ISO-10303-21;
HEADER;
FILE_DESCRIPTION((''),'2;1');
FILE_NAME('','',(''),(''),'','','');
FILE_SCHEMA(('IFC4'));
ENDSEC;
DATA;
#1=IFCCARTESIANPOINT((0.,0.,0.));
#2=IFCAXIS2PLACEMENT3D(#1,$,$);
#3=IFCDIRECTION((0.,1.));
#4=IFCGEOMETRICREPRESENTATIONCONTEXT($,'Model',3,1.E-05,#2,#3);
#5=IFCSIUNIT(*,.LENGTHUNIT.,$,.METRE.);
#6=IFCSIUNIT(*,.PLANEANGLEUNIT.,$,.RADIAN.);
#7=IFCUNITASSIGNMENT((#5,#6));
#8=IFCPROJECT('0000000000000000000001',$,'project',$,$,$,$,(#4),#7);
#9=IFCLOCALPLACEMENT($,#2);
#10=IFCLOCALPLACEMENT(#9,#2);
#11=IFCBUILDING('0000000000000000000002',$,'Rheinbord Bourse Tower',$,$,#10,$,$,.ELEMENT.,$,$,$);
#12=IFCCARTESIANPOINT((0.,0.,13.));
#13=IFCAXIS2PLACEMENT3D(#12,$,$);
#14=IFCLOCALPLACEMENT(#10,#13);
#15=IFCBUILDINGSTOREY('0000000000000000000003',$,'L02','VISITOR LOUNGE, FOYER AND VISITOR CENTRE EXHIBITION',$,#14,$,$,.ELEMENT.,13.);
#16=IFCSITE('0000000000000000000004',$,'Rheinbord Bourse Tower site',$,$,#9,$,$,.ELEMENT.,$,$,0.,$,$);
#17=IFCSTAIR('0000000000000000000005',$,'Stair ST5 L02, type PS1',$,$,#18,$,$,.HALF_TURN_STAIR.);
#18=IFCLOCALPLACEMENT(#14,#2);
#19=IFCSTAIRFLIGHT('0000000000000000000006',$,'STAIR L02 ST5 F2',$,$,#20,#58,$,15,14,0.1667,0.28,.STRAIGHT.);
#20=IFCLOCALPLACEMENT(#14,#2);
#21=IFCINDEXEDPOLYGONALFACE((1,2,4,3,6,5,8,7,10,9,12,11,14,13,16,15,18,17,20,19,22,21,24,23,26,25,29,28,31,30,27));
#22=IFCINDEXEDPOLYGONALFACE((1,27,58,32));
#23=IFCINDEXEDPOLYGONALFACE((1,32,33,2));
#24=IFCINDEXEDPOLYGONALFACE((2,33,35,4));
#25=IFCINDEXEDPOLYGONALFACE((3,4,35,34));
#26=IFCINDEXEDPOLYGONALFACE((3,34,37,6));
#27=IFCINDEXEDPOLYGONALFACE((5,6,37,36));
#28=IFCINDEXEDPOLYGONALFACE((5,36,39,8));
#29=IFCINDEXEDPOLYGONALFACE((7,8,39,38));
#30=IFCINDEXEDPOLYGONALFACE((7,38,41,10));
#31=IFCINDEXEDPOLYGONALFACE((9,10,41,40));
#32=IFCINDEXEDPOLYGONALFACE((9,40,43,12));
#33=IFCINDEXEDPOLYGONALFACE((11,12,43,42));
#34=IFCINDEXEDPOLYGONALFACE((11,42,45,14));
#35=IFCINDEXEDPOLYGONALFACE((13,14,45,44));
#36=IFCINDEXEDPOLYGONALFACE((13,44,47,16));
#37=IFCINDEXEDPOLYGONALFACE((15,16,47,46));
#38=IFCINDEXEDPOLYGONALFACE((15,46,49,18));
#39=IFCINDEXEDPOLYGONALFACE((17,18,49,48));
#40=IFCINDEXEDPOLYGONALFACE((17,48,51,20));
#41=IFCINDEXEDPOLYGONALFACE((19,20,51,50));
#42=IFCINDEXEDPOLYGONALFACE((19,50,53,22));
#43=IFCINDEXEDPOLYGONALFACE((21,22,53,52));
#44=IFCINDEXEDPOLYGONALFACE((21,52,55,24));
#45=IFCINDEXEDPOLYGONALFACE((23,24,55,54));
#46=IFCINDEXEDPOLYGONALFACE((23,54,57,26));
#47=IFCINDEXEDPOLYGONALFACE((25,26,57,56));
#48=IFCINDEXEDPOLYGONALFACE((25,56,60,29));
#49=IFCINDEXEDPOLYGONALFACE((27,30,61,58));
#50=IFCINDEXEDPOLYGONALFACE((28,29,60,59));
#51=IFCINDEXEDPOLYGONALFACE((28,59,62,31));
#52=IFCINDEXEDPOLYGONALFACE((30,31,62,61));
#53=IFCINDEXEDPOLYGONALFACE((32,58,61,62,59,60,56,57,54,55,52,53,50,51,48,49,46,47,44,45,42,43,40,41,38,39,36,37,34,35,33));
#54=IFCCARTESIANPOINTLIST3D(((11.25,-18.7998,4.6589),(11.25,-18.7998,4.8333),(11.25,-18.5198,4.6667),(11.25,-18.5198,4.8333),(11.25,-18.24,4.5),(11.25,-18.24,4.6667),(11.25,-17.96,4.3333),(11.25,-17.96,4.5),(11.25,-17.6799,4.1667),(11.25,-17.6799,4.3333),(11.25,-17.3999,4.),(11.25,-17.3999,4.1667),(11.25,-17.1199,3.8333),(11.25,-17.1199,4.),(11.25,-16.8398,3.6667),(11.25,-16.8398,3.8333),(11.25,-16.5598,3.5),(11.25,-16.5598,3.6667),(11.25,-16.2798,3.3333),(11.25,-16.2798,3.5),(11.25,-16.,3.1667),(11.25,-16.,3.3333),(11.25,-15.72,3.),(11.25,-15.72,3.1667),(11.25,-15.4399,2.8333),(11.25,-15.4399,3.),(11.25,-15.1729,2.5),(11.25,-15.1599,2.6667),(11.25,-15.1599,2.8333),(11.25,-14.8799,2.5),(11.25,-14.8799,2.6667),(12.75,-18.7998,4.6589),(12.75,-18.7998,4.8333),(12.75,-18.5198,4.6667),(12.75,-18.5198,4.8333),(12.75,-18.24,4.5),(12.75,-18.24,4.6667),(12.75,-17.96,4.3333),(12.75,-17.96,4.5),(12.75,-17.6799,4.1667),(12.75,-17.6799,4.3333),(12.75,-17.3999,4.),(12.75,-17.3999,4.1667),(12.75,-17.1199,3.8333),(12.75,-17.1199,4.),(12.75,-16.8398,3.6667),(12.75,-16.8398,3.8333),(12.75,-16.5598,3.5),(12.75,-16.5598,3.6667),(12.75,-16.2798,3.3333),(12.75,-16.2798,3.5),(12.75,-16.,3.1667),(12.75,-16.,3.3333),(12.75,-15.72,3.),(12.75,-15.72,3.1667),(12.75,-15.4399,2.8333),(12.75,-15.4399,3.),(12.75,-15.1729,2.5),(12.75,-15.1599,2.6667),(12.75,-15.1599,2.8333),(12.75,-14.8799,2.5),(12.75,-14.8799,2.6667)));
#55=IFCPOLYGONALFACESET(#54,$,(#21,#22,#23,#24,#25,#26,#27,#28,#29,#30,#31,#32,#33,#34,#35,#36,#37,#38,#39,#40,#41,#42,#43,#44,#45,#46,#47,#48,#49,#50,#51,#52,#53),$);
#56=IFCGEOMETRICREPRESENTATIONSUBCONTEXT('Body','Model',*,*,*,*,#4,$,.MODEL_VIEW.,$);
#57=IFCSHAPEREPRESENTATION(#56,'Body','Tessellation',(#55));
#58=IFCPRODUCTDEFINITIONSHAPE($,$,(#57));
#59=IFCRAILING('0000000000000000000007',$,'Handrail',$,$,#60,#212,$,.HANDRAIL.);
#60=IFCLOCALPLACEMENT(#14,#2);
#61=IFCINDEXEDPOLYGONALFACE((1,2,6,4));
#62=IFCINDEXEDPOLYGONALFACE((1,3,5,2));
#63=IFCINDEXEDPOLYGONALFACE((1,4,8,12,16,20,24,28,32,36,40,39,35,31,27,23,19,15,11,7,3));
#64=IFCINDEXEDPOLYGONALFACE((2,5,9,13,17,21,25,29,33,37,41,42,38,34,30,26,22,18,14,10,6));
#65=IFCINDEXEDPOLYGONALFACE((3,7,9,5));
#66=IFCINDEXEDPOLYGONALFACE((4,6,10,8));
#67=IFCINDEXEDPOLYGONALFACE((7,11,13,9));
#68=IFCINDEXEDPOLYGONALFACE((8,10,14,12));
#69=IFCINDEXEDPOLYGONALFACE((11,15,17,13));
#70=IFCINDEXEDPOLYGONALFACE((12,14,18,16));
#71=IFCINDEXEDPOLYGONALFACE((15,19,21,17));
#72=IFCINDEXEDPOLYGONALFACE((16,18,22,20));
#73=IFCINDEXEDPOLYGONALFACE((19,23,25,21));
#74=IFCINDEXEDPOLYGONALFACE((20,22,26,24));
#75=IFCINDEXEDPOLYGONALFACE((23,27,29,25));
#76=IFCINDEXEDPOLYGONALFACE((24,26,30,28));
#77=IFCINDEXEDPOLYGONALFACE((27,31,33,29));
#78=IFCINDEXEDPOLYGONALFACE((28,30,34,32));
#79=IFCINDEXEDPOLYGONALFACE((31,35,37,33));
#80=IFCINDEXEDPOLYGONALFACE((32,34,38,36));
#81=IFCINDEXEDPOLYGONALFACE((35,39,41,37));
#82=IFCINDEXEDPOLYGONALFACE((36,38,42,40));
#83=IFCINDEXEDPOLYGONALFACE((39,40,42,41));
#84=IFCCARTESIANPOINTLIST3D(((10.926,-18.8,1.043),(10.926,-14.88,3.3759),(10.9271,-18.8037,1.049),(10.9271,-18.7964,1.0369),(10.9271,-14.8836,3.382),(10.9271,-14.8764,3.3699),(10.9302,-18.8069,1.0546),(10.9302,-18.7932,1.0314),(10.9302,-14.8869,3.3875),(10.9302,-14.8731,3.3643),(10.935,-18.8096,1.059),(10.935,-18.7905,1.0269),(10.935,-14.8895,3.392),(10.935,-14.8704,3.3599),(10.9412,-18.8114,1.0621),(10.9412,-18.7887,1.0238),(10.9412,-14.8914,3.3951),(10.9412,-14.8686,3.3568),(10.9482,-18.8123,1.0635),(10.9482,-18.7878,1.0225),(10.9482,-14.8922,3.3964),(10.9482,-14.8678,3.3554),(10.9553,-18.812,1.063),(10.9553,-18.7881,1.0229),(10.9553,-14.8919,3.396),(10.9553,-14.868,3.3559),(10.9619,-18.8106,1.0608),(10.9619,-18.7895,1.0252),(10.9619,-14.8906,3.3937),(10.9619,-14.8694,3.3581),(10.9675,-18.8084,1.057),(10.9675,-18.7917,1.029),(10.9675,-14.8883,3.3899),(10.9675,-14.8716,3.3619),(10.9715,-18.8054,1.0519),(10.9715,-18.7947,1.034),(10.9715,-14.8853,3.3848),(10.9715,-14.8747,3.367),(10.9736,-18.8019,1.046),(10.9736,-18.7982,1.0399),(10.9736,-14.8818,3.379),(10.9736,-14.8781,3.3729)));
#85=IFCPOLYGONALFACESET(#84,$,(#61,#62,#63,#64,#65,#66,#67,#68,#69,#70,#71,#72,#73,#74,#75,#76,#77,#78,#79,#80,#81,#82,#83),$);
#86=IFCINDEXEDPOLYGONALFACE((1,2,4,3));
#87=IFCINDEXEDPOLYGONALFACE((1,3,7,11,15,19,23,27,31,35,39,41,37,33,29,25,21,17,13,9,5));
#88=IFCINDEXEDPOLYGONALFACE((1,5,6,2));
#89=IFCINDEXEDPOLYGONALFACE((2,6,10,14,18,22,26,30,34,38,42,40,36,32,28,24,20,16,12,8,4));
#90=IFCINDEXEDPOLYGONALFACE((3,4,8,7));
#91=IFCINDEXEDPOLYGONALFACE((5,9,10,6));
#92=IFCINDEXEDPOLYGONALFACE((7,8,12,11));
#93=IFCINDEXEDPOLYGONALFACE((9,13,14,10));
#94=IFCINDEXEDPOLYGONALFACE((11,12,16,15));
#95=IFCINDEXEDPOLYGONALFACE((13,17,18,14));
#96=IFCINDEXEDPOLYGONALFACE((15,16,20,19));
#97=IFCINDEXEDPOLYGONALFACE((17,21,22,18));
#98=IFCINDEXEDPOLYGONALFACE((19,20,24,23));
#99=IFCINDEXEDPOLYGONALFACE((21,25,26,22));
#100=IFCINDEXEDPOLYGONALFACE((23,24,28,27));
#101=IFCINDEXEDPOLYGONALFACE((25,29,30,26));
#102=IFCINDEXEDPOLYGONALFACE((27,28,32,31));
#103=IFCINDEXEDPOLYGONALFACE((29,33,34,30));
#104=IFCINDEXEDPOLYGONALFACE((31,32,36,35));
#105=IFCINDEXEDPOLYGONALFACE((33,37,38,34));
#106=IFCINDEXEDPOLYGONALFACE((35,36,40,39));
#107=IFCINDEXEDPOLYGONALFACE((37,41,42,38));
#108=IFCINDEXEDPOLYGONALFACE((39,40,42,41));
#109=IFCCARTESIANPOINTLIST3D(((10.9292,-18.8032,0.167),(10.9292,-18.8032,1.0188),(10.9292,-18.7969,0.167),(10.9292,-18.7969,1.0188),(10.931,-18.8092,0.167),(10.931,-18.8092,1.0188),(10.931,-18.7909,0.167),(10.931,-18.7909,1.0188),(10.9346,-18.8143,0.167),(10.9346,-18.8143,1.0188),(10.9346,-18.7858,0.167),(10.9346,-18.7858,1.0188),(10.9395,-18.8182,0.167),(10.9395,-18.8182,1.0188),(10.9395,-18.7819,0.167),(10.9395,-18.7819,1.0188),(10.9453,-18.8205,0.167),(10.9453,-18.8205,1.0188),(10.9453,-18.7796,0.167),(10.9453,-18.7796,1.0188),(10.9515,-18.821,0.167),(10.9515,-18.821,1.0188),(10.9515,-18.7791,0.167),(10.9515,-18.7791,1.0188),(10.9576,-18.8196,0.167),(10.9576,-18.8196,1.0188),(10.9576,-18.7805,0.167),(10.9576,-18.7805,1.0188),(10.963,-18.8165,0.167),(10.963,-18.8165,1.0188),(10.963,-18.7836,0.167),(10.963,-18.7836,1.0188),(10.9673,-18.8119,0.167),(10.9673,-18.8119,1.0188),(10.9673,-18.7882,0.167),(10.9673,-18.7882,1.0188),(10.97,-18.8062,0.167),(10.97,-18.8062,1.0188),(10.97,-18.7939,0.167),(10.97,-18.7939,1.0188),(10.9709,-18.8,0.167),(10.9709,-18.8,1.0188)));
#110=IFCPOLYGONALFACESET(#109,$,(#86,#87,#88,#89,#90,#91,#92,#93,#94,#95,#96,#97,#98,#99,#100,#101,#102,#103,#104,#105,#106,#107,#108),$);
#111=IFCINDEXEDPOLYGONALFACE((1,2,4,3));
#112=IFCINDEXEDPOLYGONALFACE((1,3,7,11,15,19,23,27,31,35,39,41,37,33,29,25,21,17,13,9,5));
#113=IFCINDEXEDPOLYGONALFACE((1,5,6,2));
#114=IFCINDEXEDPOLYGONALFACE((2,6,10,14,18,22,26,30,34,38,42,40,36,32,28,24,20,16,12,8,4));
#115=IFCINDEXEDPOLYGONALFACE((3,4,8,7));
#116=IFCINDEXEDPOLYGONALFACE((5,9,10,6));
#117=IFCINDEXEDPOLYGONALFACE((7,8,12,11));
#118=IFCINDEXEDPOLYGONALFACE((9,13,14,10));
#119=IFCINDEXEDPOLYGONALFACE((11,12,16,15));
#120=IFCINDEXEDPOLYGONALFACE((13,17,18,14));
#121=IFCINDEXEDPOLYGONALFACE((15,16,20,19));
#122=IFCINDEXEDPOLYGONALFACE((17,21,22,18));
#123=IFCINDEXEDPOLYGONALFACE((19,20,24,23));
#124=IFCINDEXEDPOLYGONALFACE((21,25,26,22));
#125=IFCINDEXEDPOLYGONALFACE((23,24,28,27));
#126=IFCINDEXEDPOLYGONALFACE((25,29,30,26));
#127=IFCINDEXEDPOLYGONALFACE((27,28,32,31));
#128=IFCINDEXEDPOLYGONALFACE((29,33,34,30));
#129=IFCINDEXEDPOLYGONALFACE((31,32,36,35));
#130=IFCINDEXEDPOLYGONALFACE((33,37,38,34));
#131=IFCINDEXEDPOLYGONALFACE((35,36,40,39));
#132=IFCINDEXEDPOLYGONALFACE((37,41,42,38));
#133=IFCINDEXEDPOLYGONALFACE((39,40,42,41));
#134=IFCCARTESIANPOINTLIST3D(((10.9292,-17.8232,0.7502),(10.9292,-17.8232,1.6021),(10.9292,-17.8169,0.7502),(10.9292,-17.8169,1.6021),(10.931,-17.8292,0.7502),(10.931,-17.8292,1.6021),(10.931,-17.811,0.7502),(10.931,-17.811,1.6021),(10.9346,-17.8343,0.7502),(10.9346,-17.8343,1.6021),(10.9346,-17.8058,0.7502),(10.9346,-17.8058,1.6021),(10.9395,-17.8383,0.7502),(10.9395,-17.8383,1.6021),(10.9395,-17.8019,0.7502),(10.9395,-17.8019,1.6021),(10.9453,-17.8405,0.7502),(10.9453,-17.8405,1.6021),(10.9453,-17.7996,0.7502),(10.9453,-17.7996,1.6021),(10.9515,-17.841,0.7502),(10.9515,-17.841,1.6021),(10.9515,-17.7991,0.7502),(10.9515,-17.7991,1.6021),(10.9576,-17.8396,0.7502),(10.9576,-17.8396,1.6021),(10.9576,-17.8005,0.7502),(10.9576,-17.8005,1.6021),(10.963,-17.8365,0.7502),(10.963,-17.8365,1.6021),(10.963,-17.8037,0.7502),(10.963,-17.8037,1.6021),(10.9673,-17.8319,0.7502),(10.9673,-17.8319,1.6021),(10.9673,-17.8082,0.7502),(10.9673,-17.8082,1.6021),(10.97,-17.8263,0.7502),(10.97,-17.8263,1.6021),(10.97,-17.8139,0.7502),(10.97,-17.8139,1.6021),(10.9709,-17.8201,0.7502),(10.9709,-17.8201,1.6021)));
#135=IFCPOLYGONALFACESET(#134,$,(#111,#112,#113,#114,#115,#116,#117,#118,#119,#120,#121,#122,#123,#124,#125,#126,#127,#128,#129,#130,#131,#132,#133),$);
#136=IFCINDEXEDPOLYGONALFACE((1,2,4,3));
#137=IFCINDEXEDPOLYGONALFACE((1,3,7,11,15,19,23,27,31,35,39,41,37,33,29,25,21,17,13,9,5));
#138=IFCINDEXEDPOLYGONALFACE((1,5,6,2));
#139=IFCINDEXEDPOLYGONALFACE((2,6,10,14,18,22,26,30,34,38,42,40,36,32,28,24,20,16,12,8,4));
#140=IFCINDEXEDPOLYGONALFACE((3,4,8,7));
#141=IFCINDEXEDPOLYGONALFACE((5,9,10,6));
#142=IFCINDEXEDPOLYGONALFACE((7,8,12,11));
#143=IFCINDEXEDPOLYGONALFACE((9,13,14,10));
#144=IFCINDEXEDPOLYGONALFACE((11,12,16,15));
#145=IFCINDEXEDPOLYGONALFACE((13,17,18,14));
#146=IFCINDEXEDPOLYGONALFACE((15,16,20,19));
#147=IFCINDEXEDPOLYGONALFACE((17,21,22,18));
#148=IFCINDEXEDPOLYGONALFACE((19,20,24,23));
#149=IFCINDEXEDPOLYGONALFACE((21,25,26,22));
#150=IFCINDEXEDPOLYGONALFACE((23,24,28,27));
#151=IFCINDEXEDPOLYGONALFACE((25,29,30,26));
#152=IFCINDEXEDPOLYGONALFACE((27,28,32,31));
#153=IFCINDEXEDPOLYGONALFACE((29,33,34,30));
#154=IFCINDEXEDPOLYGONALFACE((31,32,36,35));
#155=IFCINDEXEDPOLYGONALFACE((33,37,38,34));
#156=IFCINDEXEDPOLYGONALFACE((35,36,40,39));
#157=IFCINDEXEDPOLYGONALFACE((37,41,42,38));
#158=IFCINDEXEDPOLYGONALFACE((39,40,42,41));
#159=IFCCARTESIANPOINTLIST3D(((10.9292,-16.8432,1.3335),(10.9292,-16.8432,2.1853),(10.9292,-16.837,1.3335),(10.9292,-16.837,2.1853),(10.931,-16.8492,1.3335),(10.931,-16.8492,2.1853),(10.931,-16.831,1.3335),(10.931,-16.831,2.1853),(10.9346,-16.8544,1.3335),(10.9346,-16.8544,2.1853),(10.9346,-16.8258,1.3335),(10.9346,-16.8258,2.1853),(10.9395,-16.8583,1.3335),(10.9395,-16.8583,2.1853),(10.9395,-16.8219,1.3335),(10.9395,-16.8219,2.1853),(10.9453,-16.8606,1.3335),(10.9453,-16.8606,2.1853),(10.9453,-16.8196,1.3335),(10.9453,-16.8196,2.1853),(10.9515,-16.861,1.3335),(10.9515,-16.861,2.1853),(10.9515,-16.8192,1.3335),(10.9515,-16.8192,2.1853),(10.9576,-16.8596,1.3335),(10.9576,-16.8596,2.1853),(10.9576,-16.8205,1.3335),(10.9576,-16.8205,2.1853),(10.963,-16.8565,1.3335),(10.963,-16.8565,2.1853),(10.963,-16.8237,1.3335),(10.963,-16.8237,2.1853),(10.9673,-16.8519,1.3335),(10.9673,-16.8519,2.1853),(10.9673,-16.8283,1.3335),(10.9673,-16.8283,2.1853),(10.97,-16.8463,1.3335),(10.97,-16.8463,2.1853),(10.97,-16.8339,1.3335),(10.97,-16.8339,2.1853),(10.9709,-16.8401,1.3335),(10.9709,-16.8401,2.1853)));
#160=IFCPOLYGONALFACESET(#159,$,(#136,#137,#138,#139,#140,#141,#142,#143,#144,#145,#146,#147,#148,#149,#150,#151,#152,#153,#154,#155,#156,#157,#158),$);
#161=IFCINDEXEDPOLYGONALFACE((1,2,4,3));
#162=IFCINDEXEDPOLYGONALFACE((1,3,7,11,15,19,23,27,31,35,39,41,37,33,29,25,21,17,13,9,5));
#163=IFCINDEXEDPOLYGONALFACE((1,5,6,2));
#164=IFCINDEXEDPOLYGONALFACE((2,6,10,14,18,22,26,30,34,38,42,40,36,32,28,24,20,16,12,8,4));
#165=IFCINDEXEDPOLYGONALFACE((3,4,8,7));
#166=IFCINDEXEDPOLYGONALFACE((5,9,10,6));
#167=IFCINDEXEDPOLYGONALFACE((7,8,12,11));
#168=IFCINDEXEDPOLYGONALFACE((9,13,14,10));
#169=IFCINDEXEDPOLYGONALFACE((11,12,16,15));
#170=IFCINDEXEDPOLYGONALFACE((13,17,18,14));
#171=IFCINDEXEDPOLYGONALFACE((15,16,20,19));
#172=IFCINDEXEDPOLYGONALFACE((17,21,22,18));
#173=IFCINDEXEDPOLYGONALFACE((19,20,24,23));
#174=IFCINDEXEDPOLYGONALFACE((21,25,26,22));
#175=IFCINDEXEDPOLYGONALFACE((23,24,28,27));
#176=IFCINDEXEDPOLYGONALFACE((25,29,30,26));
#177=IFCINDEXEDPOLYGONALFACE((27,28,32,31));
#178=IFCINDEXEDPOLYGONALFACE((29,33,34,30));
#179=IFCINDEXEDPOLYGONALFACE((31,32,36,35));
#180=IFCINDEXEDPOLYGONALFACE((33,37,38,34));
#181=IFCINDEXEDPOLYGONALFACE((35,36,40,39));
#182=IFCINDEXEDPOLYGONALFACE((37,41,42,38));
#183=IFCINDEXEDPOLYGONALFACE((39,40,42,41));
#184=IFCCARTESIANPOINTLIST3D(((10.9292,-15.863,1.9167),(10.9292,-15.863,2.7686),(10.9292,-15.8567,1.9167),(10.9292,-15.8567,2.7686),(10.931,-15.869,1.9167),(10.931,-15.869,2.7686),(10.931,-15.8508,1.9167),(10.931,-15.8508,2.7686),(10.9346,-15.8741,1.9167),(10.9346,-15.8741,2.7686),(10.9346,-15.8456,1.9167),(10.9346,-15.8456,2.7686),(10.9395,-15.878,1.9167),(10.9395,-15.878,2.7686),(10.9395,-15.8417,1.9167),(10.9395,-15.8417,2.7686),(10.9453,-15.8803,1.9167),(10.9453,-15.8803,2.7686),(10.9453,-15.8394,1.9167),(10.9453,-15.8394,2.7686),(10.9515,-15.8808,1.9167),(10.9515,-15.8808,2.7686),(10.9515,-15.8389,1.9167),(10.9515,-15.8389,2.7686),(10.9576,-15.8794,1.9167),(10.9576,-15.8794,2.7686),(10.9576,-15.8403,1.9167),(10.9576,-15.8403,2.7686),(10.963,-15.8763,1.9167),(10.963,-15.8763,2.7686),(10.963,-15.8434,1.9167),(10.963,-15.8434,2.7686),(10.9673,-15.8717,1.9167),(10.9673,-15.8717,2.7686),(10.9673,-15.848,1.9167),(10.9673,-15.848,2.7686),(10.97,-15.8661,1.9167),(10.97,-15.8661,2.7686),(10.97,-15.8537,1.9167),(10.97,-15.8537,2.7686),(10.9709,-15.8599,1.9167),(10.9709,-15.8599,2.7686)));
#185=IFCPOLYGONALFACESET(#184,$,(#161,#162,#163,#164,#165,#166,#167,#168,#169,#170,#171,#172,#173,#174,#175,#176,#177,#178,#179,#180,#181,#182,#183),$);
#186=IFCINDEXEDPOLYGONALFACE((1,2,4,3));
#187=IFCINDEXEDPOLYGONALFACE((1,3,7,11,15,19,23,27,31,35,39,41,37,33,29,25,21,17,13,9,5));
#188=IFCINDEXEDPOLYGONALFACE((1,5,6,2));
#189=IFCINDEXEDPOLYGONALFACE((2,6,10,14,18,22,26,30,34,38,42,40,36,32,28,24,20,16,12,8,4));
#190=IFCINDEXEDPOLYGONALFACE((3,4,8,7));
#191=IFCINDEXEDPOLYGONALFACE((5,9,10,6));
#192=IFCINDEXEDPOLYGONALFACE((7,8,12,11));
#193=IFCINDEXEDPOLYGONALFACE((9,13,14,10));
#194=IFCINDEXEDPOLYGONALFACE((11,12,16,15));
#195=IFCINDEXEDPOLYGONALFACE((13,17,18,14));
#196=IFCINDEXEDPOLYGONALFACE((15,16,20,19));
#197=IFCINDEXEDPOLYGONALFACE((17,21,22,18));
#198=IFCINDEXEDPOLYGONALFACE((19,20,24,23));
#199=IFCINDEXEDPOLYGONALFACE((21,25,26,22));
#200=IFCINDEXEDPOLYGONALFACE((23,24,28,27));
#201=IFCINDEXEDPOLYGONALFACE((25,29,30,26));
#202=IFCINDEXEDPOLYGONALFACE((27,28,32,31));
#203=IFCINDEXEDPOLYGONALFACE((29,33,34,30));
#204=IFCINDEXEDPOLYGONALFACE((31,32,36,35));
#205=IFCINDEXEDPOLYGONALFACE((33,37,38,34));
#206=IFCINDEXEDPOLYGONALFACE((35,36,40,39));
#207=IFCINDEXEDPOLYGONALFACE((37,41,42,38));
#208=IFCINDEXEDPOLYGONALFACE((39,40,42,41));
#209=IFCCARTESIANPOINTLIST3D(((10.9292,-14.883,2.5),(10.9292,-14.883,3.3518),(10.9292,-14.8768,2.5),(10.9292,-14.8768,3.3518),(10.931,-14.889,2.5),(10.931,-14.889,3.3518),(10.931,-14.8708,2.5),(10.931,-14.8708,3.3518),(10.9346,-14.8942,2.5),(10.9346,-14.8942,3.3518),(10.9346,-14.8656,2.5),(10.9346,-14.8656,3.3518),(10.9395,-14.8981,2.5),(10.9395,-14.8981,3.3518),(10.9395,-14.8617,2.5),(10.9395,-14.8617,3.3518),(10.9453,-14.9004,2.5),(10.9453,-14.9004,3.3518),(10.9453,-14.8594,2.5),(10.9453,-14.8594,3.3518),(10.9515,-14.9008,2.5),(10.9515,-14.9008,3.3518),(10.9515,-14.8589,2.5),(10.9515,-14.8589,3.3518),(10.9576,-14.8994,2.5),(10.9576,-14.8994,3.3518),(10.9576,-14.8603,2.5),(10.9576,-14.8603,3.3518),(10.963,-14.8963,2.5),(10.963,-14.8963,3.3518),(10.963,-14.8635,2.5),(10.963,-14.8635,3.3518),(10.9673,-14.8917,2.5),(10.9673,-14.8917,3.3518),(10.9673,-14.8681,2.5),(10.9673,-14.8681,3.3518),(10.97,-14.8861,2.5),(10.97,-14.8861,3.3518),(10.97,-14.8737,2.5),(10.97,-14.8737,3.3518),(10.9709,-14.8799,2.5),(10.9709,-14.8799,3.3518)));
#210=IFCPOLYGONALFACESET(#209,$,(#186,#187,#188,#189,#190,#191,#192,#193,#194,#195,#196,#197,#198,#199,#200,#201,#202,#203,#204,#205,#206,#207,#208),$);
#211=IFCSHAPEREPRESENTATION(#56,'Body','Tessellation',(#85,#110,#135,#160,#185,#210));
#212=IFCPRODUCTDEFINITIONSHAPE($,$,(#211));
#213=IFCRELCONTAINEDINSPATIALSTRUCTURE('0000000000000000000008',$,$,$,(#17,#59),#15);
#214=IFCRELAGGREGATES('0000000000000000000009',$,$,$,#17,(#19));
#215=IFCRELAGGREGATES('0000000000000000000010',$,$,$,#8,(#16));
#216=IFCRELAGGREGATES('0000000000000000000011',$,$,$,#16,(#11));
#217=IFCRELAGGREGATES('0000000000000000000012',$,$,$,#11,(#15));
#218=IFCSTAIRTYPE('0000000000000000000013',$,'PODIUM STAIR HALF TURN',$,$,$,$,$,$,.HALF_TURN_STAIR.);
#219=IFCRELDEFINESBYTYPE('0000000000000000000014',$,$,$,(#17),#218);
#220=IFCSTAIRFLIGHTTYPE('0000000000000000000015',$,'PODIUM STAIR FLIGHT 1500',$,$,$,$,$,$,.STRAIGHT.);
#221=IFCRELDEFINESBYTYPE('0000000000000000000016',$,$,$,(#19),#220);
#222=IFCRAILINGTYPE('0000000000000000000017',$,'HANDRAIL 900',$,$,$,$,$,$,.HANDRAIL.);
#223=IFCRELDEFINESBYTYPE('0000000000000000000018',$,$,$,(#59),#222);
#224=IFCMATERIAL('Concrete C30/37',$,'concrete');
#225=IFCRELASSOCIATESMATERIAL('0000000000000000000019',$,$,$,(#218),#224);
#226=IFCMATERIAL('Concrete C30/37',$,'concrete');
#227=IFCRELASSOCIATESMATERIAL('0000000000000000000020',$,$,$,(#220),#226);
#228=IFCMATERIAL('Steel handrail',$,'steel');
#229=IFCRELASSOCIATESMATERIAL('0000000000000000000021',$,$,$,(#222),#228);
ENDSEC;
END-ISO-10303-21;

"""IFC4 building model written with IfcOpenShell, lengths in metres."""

from ifc_helpers import new_model, si_unit, direction, frame, origin, origin_2d, place, context, subcontext, project, spatial, polyline, circle, outline, extrude, material, type_object, element, aggregate, save


model = new_model("IFC4")

# Units and contexts
model_context = context("Model", 3, precision=1e-05, world=origin(), true_north=direction((0.0, 1.0)))
body_context = subcontext(model_context, "Body", "Model", "MODEL_VIEW")
ifc_project = project(units=[si_unit("LENGTHUNIT", "METRE"), si_unit("PLANEANGLEUNIT", "RADIAN")], contexts=[model_context])

# Site, building, storey
site_placement = place(None, origin())
site = spatial("IfcSite", under=ifc_project, at=site_placement, Name="Rheinbord Bourse Tower site", CompositionType="ELEMENT", RefElevation=0.0)
building_placement = place(site_placement, origin())
building = spatial("IfcBuilding", under=site, at=building_placement, Name="Rheinbord Bourse Tower", CompositionType="ELEMENT")
storey_placement = place(building_placement, frame((0.0, 0.0, 13.0)))
storey = spatial("IfcBuildingStorey", under=building, at=storey_placement, Name="L02", Description="VISITOR LOUNGE, FOYER AND VISITOR CENTRE EXHIBITION", CompositionType="ELEMENT", Elevation=13.0)

# Stair, stair flight
ifc_material_1 = material(Name="Concrete C30/37", Category="concrete")
stair_type = type_object("IfcStairType", Name="PODIUM STAIR HALF TURN", PredefinedType="HALF_TURN_STAIR", material=ifc_material_1)
stair_placement = place(storey_placement, origin())
stair = element("IfcStair", 1, at=stair_placement, inside=storey, type_object=stair_type, Name="Stair ST5 L02, type PS1", PredefinedType="HALF_TURN_STAIR")
ifc_material_2 = material(Name="Concrete C30/37", Category="concrete")
stair_flight_type = type_object("IfcStairFlightType", Name="PODIUM STAIR FLIGHT 1500", PredefinedType="STRAIGHT", material=ifc_material_2)
stair_flight_placement = place(storey_placement, frame((12.0, -14.8799, 2.5), z_axis=(0.0, 0.0, 1.0), x_axis=(0.0, -1.0, 0.0)))
stair_flight = element("IfcStairFlight", 2, at=stair_flight_placement, type_object=stair_flight_type, Name="STAIR L02 ST5 F2", NumberOfRisers=15, NumberOfTreads=14, PredefinedType="STRAIGHT", RiserHeight=0.1667, TreadLength=0.28, context=body_context, shape_type="SweptSolid", body=[
    extrude(outline(polyline([(0.0, 0.0), (0.0, 0.1667), (0.28, 0.1667), (0.28, 0.3333), (0.5601, 0.3333), (0.5601, 0.5), (0.8401, 0.5), (0.8401, 0.6667), (1.1201, 0.6667), (1.1201, 0.8333), (1.3999, 0.8333), (1.3999, 1.0), (1.6799, 1.0), (1.6799, 1.1667), (1.96, 1.1667), (1.96, 1.3333), (2.24, 1.3333), (2.24, 1.5), (2.52, 1.5), (2.52, 1.6667), (2.8, 1.6667), (2.8, 1.8333), (3.0801, 1.8333), (3.0801, 2.0), (3.3601, 2.0), (3.3601, 2.1667), (3.6399, 2.1667), (3.6399, 2.3333), (3.9199, 2.3333), (3.9199, 2.5), (3.9199, 2.1589), (0.293, 0.0), (0.0, 0.0)])), frame((0.0, 0.75, 0.0), z_axis=(0.0, -1.0, 0.0), x_axis=(1.0, 0.0, 0.0)), (0.0, 0.0, 1.0), 1.5),
])
aggregate(stair, [stair_flight])

# Railing
ifc_material_3 = material(Name="Steel handrail", Category="steel")
railing_type_1 = type_object("IfcRailingType", Name="HANDRAIL 900", PredefinedType="HANDRAIL", material=ifc_material_3)
railing_1_placement = place(storey_placement, frame((10.95, -18.8, 0.167)))
element("IfcRailing", 3, at=railing_1_placement, inside=storey, type_object=railing_type_1, Name="Handrail", PredefinedType="HANDRAIL", context=body_context, shape_type="SweptSolid", body=[
    extrude(circle(Radius=0.0239, at=origin_2d()), frame((0.0, 0.0, 0.876), z_axis=(0.0, 0.859334, 0.511415), x_axis=(-1.0, 0.0, 0.0)), (0.0, 0.0, 1.0), 4.5618),
    extrude(circle(Radius=0.021, at=origin_2d()), origin(), (0.0, 0.0, 1.0), 0.8518),
    extrude(circle(Radius=0.021, at=origin_2d()), frame((0.0, 0.98, 0.5833)), (0.0, 0.0, 1.0), 0.8518),
    extrude(circle(Radius=0.021, at=origin_2d()), frame((0.0, 1.96, 1.1665)), (0.0, 0.0, 1.0), 0.8518),
    extrude(circle(Radius=0.021, at=origin_2d()), frame((0.0, 2.9402, 1.7498)), (0.0, 0.0, 1.0), 0.8518),
    extrude(circle(Radius=0.021, at=origin_2d()), frame((0.0, 3.9202, 2.333)), (0.0, 0.0, 1.0), 0.8518),
])

save(model, "model.ifc")
